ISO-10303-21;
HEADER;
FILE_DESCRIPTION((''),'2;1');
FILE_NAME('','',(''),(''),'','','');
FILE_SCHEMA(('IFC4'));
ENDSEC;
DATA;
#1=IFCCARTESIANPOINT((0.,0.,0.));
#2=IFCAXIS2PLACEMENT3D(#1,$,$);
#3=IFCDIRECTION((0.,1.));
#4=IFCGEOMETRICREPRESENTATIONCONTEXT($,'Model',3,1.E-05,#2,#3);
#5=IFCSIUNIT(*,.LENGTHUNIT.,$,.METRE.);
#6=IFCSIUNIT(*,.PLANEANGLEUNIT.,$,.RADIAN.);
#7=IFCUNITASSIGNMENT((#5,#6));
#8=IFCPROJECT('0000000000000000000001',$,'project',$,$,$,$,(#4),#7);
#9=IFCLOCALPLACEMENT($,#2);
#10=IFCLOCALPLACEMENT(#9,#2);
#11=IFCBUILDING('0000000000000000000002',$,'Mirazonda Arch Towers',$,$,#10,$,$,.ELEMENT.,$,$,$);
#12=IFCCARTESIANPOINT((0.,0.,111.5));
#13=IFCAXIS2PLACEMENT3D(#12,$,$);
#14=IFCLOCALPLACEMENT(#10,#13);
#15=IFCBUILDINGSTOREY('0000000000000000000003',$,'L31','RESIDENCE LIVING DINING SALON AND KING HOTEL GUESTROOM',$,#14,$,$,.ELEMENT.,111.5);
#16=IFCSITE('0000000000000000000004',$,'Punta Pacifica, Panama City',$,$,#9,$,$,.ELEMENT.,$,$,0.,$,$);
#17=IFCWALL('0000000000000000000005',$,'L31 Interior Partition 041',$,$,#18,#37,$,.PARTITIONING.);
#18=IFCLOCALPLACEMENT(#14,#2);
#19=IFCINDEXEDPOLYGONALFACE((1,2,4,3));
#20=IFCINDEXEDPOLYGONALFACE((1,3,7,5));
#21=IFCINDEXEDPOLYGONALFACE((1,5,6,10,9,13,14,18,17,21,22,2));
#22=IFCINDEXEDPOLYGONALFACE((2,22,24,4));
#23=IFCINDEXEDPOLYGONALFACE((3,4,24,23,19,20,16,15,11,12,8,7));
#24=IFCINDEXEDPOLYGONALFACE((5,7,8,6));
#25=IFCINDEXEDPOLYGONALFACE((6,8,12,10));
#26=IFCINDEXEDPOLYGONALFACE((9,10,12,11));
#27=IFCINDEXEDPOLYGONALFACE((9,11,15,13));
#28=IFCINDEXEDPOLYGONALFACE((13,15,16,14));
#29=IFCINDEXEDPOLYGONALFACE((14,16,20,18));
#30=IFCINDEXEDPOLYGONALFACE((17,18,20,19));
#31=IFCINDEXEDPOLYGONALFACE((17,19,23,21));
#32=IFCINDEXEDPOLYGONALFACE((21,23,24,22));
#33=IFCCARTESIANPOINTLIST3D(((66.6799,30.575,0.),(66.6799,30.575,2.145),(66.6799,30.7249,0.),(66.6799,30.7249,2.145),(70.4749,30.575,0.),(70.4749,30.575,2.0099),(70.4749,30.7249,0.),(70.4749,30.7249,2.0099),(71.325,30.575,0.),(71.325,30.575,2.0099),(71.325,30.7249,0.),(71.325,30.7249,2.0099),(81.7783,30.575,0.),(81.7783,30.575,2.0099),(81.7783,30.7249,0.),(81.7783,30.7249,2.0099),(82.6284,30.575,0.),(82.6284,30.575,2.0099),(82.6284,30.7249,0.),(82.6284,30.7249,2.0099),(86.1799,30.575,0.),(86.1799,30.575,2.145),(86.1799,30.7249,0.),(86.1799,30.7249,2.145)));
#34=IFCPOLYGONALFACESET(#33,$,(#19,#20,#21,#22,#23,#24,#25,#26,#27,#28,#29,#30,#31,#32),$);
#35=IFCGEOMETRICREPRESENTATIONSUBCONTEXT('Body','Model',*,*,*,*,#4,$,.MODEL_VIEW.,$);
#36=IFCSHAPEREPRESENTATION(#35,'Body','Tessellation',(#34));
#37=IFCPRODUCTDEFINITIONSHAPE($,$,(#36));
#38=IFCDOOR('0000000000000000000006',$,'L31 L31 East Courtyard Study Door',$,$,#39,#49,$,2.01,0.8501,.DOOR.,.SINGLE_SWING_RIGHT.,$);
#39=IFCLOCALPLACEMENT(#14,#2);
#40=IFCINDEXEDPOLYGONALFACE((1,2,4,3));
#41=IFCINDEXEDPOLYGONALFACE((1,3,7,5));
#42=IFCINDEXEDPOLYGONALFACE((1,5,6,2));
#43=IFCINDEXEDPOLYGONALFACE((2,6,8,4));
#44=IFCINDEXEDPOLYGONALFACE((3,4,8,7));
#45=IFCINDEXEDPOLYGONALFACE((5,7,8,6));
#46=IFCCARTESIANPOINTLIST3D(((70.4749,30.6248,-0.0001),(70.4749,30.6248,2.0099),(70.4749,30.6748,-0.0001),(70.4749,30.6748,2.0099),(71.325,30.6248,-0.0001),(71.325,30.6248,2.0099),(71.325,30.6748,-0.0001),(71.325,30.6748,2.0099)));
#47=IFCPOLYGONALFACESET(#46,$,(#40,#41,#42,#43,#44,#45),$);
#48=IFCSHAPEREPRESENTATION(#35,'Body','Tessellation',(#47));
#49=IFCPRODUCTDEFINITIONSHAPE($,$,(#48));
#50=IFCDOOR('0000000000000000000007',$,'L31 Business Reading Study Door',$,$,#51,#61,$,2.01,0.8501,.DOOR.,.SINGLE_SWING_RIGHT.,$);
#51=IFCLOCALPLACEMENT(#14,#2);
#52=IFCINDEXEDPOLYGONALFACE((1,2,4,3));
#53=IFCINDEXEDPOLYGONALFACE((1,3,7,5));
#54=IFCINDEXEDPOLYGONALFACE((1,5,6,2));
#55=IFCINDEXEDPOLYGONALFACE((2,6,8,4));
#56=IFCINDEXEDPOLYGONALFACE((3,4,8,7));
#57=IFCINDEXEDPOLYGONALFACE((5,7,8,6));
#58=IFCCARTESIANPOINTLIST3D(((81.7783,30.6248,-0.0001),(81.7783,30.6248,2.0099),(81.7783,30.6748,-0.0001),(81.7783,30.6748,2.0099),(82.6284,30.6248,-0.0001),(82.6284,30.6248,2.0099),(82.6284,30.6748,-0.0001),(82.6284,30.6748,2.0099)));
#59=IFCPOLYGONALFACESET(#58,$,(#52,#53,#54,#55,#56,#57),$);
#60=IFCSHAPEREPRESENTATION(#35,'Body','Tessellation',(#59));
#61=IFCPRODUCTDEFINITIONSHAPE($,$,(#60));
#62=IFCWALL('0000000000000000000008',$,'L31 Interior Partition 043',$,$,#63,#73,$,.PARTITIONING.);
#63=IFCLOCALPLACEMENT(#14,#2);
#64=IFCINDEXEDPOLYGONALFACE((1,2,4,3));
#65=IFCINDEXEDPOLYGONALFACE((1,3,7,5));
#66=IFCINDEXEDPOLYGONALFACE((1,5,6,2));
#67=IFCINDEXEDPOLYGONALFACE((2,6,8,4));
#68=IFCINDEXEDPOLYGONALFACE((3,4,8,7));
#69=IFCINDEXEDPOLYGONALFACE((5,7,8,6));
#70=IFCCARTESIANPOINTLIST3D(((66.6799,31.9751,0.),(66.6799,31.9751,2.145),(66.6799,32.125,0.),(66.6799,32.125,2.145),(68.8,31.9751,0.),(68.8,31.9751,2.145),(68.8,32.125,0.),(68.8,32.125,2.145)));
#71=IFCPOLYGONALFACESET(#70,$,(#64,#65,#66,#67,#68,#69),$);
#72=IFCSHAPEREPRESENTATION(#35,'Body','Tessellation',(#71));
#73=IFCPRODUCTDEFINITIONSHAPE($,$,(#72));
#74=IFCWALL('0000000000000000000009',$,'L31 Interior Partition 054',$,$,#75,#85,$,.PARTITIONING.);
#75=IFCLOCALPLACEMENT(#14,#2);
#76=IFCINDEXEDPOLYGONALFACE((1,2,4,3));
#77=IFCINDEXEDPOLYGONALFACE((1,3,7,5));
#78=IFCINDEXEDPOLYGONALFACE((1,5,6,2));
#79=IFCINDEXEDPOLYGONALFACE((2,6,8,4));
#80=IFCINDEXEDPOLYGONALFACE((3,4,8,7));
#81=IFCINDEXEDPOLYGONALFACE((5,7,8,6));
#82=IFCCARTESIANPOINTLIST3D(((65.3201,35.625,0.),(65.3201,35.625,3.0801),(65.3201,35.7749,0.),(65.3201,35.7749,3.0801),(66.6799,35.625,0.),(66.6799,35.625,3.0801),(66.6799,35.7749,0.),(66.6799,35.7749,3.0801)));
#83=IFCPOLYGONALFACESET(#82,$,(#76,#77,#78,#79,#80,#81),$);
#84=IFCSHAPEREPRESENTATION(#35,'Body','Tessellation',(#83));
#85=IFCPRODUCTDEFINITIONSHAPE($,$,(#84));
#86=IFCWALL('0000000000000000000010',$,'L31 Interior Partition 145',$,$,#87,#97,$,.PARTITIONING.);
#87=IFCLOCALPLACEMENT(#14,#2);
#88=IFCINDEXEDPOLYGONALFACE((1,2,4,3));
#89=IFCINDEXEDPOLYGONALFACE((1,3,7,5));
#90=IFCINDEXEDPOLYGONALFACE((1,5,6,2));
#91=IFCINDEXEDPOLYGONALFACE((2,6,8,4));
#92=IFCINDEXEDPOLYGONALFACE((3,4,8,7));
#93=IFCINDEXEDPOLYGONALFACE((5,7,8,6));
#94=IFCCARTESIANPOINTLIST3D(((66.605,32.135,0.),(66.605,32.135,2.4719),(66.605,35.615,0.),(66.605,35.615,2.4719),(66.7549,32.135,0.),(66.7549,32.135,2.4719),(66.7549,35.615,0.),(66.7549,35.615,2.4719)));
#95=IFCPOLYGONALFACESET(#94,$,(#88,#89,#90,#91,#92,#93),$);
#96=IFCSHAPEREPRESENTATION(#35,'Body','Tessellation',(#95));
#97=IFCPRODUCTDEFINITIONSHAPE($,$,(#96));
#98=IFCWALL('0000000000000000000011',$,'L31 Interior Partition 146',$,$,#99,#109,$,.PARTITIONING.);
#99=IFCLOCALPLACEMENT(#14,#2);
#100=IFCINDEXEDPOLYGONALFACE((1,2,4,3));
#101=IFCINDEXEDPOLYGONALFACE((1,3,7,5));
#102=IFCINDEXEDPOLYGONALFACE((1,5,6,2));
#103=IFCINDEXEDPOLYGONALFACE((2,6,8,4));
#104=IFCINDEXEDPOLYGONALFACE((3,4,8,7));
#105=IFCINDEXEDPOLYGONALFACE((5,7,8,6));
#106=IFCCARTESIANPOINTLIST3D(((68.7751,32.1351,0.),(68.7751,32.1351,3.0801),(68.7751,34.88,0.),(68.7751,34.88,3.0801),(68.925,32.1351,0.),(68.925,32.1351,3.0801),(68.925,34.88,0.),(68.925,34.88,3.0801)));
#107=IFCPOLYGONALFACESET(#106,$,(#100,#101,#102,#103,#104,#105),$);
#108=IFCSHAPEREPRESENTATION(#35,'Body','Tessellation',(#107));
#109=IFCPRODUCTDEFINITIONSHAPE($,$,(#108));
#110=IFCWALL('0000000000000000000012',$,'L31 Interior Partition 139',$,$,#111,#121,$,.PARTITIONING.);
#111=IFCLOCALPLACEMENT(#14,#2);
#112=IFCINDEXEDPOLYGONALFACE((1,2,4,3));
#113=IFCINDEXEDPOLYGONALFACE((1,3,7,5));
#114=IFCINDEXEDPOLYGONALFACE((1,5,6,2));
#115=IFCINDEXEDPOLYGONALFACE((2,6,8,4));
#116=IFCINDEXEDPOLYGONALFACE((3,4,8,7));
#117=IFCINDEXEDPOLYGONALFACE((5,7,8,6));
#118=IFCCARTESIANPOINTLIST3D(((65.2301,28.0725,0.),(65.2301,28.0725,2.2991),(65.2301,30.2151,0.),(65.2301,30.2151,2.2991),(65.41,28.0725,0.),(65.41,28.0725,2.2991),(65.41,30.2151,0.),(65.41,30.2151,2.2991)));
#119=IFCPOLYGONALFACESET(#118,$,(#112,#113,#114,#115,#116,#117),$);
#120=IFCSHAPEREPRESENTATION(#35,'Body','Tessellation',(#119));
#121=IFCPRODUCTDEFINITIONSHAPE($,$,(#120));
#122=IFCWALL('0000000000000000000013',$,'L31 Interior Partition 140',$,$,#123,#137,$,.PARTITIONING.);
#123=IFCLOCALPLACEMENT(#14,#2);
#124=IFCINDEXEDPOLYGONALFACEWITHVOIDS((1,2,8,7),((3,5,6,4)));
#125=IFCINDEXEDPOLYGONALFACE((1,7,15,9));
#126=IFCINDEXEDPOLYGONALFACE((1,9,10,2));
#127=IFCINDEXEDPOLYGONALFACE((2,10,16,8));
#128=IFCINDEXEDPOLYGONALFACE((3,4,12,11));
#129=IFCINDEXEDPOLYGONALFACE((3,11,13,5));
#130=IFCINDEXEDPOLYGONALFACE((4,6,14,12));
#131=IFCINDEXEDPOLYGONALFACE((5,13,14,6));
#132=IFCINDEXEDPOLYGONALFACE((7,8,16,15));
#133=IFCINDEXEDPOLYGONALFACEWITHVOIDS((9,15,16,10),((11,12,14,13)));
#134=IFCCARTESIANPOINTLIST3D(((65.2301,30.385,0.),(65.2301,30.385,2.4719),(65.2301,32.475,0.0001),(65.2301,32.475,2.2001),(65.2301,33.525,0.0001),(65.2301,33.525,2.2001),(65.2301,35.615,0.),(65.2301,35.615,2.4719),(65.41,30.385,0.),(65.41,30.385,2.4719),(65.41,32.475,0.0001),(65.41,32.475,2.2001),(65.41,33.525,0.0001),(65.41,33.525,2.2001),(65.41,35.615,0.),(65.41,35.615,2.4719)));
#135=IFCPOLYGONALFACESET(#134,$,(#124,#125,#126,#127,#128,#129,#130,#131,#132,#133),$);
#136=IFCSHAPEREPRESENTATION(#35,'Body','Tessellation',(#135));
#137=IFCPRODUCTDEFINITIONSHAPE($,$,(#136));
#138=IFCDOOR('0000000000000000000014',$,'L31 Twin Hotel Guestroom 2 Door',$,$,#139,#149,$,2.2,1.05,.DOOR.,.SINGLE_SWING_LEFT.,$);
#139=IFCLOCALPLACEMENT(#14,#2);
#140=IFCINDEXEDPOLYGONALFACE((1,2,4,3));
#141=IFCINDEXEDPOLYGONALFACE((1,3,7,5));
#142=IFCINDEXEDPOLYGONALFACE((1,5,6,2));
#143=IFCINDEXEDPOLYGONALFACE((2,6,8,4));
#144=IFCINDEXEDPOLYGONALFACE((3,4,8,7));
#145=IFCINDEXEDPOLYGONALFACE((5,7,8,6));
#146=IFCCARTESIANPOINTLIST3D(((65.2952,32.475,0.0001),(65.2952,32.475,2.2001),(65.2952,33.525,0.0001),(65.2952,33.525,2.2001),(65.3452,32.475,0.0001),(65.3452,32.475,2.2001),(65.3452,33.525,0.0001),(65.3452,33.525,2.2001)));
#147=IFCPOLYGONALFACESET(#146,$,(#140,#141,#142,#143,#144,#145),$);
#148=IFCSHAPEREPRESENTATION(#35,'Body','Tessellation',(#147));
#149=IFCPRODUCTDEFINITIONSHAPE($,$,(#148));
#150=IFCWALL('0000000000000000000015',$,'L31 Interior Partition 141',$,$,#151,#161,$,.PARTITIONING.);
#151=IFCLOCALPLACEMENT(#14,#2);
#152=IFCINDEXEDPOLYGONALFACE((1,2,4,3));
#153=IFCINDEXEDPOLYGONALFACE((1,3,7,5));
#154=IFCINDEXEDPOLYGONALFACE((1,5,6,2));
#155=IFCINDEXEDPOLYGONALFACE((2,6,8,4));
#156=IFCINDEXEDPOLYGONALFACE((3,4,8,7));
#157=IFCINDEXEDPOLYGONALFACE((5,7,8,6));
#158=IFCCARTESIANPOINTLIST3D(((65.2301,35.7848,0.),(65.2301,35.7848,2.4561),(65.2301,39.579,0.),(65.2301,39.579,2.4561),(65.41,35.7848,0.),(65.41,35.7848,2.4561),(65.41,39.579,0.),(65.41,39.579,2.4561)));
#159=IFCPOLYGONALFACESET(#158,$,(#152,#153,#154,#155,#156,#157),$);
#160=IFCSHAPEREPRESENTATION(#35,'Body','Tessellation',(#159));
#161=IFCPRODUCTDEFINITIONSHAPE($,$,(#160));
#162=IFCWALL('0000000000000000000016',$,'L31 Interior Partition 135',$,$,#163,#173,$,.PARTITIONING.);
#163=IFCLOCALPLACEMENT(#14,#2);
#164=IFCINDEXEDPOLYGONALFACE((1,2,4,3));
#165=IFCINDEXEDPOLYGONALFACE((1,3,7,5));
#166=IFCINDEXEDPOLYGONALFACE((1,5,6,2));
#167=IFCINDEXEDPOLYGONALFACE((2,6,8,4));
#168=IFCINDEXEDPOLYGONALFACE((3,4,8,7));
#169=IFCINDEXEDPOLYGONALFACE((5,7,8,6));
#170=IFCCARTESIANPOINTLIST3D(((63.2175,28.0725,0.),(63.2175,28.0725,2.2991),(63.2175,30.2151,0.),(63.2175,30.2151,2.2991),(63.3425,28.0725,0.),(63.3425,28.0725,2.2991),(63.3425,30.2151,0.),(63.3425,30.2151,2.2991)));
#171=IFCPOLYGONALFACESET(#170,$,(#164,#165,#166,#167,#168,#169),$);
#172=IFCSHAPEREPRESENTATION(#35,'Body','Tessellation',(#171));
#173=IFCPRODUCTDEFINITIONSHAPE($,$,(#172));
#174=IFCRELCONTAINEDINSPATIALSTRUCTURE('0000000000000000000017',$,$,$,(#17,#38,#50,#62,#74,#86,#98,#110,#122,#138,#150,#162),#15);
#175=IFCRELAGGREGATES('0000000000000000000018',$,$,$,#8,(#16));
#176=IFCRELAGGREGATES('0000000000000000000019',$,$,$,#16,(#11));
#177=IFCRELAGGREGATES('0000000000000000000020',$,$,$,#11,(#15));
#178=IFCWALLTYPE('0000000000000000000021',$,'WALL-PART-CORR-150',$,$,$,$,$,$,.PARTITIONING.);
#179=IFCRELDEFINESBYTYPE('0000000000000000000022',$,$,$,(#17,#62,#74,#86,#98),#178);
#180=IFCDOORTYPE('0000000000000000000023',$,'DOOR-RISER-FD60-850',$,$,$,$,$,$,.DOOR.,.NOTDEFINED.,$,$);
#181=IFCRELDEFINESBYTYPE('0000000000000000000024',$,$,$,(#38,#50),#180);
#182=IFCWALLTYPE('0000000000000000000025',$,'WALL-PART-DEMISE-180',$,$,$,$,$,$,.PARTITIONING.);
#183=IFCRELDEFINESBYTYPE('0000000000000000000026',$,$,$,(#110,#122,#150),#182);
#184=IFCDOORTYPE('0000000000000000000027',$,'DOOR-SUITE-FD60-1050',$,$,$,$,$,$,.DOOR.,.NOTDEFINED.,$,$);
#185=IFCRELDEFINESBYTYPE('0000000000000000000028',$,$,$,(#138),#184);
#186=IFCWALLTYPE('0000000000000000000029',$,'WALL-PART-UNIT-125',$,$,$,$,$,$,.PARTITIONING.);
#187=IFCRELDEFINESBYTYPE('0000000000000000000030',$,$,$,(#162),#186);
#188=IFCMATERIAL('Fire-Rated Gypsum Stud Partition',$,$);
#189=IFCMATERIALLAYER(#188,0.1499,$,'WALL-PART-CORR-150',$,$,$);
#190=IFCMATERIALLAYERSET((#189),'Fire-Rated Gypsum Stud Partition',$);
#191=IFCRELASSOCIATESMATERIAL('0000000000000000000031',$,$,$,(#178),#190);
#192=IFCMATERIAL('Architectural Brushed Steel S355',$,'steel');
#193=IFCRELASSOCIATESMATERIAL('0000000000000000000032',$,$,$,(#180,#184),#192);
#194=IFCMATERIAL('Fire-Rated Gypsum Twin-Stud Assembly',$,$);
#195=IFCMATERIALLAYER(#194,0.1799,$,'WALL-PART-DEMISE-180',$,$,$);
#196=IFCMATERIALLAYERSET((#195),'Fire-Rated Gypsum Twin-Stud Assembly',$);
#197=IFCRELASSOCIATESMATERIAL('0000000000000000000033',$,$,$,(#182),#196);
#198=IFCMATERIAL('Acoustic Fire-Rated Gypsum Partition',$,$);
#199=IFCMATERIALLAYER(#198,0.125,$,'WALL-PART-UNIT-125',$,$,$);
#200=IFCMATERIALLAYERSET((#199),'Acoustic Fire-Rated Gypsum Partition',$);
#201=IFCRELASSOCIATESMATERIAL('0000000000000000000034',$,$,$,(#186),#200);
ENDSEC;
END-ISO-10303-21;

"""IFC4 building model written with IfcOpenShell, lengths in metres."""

from ifc_helpers import new_model, si_unit, direction, frame, frame_2d, origin, place, context, subcontext, project, spatial, rectangle, extrude, material, layer, layer_set, type_object, element, fill, save


model = new_model("IFC4")

# Units and contexts
model_context = context("Model", 3, precision=1e-05, world=origin(), true_north=direction((0.0, 1.0)))
body_context = subcontext(model_context, "Body", "Model", "MODEL_VIEW")
ifc_project = project(units=[si_unit("LENGTHUNIT", "METRE"), si_unit("PLANEANGLEUNIT", "RADIAN")], contexts=[model_context])

# Site, building, storey
site_placement = place(None, origin())
site = spatial("IfcSite", under=ifc_project, at=site_placement, Name="Punta Pacifica, Panama City", CompositionType="ELEMENT", RefElevation=0.0)
building_placement = place(site_placement, origin())
building = spatial("IfcBuilding", under=site, at=building_placement, Name="Mirazonda Arch Towers", CompositionType="ELEMENT")
storey_placement = place(building_placement, frame((0.0, 0.0, 111.5)))
storey = spatial("IfcBuildingStorey", under=building, at=storey_placement, Name="L31", Description="RESIDENCE LIVING DINING SALON AND KING HOTEL GUESTROOM", CompositionType="ELEMENT", Elevation=111.5)

# Wall, openings, doors
ifc_material_1 = material(Name="Architectural Brushed Steel S355", Category="steel")
ifc_material_2 = material(Name="Fire-Rated Gypsum Stud Partition")
ifc_layer_1 = layer(ifc_material_2, 0.1499, Name="WALL-PART-CORR-150")
ifc_layer_set_1 = layer_set([ifc_layer_1], Name="Fire-Rated Gypsum Stud Partition")
wall_type_1 = type_object("IfcWallType", Name="WALL-PART-CORR-150", PredefinedType="PARTITIONING", material=ifc_layer_set_1)
wall_1_placement = place(storey_placement, frame((66.6799, 30.6499, 0.0), z_axis=(0.0, 0.0, 1.0), x_axis=(1.0, 0.0, 0.0)))
wall_1 = element("IfcWall", 1, at=wall_1_placement, inside=storey, type_object=wall_type_1, Name="L31 Interior Partition 041", PredefinedType="PARTITIONING", context=body_context, shape_type="SweptSolid", body=[
    extrude(rectangle(XDim=19.5, YDim=0.1499, at=frame_2d((9.75, 0.0))), origin(), (0.0, 0.0, 1.0), 2.145),
])
opening_1_placement = place(wall_1_placement, frame((3.7949, 0.0, 0.0)))
opening_1 = element("IfcOpeningElement", 2, at=opening_1_placement, cuts=wall_1, PredefinedType="OPENING", context=body_context, shape_type="SweptSolid", body=[
    extrude(rectangle(XDim=0.8501, YDim=2.01, at=frame_2d((0.425, 1.0049))), frame((0.0, 0.085, 0.0), z_axis=(0.0, -1.0, 0.0), x_axis=(1.0, 0.0, 0.0)), (0.0, 0.0, 1.0), 0.1699),
])
opening_2_placement = place(wall_1_placement, frame((15.0984, 0.0, 0.0)))
opening_2 = element("IfcOpeningElement", 3, at=opening_2_placement, cuts=wall_1, PredefinedType="OPENING", context=body_context, shape_type="SweptSolid", body=[
    extrude(rectangle(XDim=0.8501, YDim=2.01, at=frame_2d((0.425, 1.0049))), frame((0.0, 0.085, 0.0), z_axis=(0.0, -1.0, 0.0), x_axis=(1.0, 0.0, 0.0)), (0.0, 0.0, 1.0), 0.1699),
])
door_type_1 = type_object("IfcDoorType", Name="DOOR-RISER-FD60-850", OperationType="NOTDEFINED", PredefinedType="DOOR", material=ifc_material_1)
door_1_placement = place(opening_1_placement, origin())
door_1 = element("IfcDoor", 4, at=door_1_placement, inside=storey, type_object=door_type_1, Name="L31 L31 East Courtyard Study Door", OperationType="SINGLE_SWING_RIGHT", OverallHeight=2.01, OverallWidth=0.8501, PredefinedType="DOOR", context=body_context, shape_type="SweptSolid", body=[
    extrude(rectangle(XDim=0.8501, YDim=2.01, at=frame_2d((0.425, 1.0049))), frame((0.0, 0.0249, 0.0), z_axis=(0.0, -1.0, 0.0), x_axis=(1.0, 0.0, 0.0)), (0.0, 0.0, 1.0), 0.05),
])
fill(opening_1, door_1)
door_2_placement = place(opening_2_placement, origin())
door_2 = element("IfcDoor", 5, at=door_2_placement, inside=storey, type_object=door_type_1, Name="L31 Business Reading Study Door", OperationType="SINGLE_SWING_RIGHT", OverallHeight=2.01, OverallWidth=0.8501, PredefinedType="DOOR", context=body_context, shape_type="SweptSolid", body=[
    extrude(rectangle(XDim=0.8501, YDim=2.01, at=frame_2d((0.425, 1.0049))), frame((0.0, 0.0249, 0.0), z_axis=(0.0, -1.0, 0.0), x_axis=(1.0, 0.0, 0.0)), (0.0, 0.0, 1.0), 0.05),
])
fill(opening_2, door_2)

# Walls
wall_2_placement = place(storey_placement, frame((66.6799, 32.05, 0.0), z_axis=(0.0, 0.0, 1.0), x_axis=(1.0, 0.0, 0.0)))
element("IfcWall", 6, at=wall_2_placement, inside=storey, type_object=wall_type_1, Name="L31 Interior Partition 043", PredefinedType="PARTITIONING", context=body_context, shape_type="SweptSolid", body=[
    extrude(rectangle(XDim=2.1201, YDim=0.1499, at=frame_2d((1.0601, 0.0))), origin(), (0.0, 0.0, 1.0), 2.145),
])
wall_3_placement = place(storey_placement, frame((65.3201, 35.7, 0.0), z_axis=(0.0, 0.0, 1.0), x_axis=(1.0, 0.0, 0.0)))
element("IfcWall", 7, at=wall_3_placement, inside=storey, type_object=wall_type_1, Name="L31 Interior Partition 054", PredefinedType="PARTITIONING", context=body_context, shape_type="SweptSolid", body=[
    extrude(rectangle(XDim=1.3599, YDim=0.1499, at=frame_2d((0.6799, 0.0))), origin(), (0.0, 0.0, 1.0), 3.0801),
])
wall_4_placement = place(storey_placement, frame((66.6799, 32.135, 0.0), z_axis=(0.0, 0.0, 1.0), x_axis=(0.0, 1.0, 0.0)))
element("IfcWall", 8, at=wall_4_placement, inside=storey, type_object=wall_type_1, Name="L31 Interior Partition 145", PredefinedType="PARTITIONING", context=body_context, shape_type="SweptSolid", body=[
    extrude(rectangle(XDim=3.48, YDim=0.1499, at=frame_2d((1.74, 0.0))), origin(), (0.0, 0.0, 1.0), 2.4719),
])
wall_5_placement = place(storey_placement, frame((68.8501, 32.135, 0.0), z_axis=(0.0, 0.0, 1.0), x_axis=(0.0, 1.0, 0.0)))
element("IfcWall", 9, at=wall_5_placement, inside=storey, type_object=wall_type_1, Name="L31 Interior Partition 146", PredefinedType="PARTITIONING", context=body_context, shape_type="SweptSolid", body=[
    extrude(rectangle(XDim=2.7449, YDim=0.1499, at=frame_2d((1.3726, 0.0))), origin(), (0.0, 0.0, 1.0), 3.0801),
])
ifc_material_3 = material(Name="Fire-Rated Gypsum Twin-Stud Assembly")
ifc_layer_2 = layer(ifc_material_3, 0.1799, Name="WALL-PART-DEMISE-180")
ifc_layer_set_2 = layer_set([ifc_layer_2], Name="Fire-Rated Gypsum Twin-Stud Assembly")
wall_type_2 = type_object("IfcWallType", Name="WALL-PART-DEMISE-180", PredefinedType="PARTITIONING", material=ifc_layer_set_2)
wall_6_placement = place(storey_placement, frame((65.3201, 28.0725, 0.0), z_axis=(0.0, 0.0, 1.0), x_axis=(0.0, 1.0, 0.0)))
element("IfcWall", 10, at=wall_6_placement, inside=storey, type_object=wall_type_2, Name="L31 Interior Partition 139", PredefinedType="PARTITIONING", context=body_context, shape_type="SweptSolid", body=[
    extrude(rectangle(XDim=2.1426, YDim=0.1799, at=frame_2d((1.0713, 0.0))), origin(), (0.0, 0.0, 1.0), 2.2991),
])

# Wall, opening, door
wall_7_placement = place(storey_placement, frame((65.3201, 30.385, 0.0), z_axis=(0.0, 0.0, 1.0), x_axis=(0.0, 1.0, 0.0)))
wall_7 = element("IfcWall", 11, at=wall_7_placement, inside=storey, type_object=wall_type_2, Name="L31 Interior Partition 140", PredefinedType="PARTITIONING", context=body_context, shape_type="SweptSolid", body=[
    extrude(rectangle(XDim=5.23, YDim=0.1799, at=frame_2d((2.615, 0.0))), origin(), (0.0, 0.0, 1.0), 2.4719),
])
opening_3_placement = place(wall_7_placement, frame((2.0901, 0.0, 0.0)))
opening_3 = element("IfcOpeningElement", 12, at=opening_3_placement, cuts=wall_7, PredefinedType="OPENING", context=body_context, shape_type="SweptSolid", body=[
    extrude(rectangle(XDim=1.05, YDim=2.2, at=frame_2d((0.5249, 1.1001))), frame((0.0, 0.0999, 0.0), z_axis=(0.0, -1.0, 0.0), x_axis=(1.0, 0.0, 0.0)), (0.0, 0.0, 1.0), 0.2),
])
door_type_2 = type_object("IfcDoorType", Name="DOOR-SUITE-FD60-1050", OperationType="NOTDEFINED", PredefinedType="DOOR", material=ifc_material_1)
door_3_placement = place(opening_3_placement, origin())
door_3 = element("IfcDoor", 13, at=door_3_placement, inside=storey, type_object=door_type_2, Name="L31 Twin Hotel Guestroom 2 Door", OperationType="SINGLE_SWING_LEFT", OverallHeight=2.2, OverallWidth=1.05, PredefinedType="DOOR", context=body_context, shape_type="SweptSolid", body=[
    extrude(rectangle(XDim=1.05, YDim=2.2, at=frame_2d((0.5249, 1.1001))), frame((0.0, 0.0249, 0.0), z_axis=(0.0, -1.0, 0.0), x_axis=(1.0, 0.0, 0.0)), (0.0, 0.0, 1.0), 0.05),
])
fill(opening_3, door_3)

# Walls
wall_8_placement = place(storey_placement, frame((65.3201, 35.7849, 0.0), z_axis=(0.0, 0.0, 1.0), x_axis=(0.0, 1.0, 0.0)))
element("IfcWall", 14, at=wall_8_placement, inside=storey, type_object=wall_type_2, Name="L31 Interior Partition 141", PredefinedType="PARTITIONING", context=body_context, shape_type="SweptSolid", body=[
    extrude(rectangle(XDim=3.7942, YDim=0.1799, at=frame_2d((1.897, 0.0))), origin(), (0.0, 0.0, 1.0), 2.4561),
])
ifc_material_4 = material(Name="Acoustic Fire-Rated Gypsum Partition")
ifc_layer_3 = layer(ifc_material_4, 0.125, Name="WALL-PART-UNIT-125")
ifc_layer_set_3 = layer_set([ifc_layer_3], Name="Acoustic Fire-Rated Gypsum Partition")
wall_type_3 = type_object("IfcWallType", Name="WALL-PART-UNIT-125", PredefinedType="PARTITIONING", material=ifc_layer_set_3)
wall_9_placement = place(storey_placement, frame((63.28, 28.0725, 0.0), z_axis=(0.0, 0.0, 1.0), x_axis=(0.0, 1.0, 0.0)))
element("IfcWall", 15, at=wall_9_placement, inside=storey, type_object=wall_type_3, Name="L31 Interior Partition 135", PredefinedType="PARTITIONING", context=body_context, shape_type="SweptSolid", body=[
    extrude(rectangle(XDim=2.1426, YDim=0.125, at=frame_2d((1.0713, 0.0))), origin(), (0.0, 0.0, 1.0), 2.2991),
])

save(model, "model.ifc")
